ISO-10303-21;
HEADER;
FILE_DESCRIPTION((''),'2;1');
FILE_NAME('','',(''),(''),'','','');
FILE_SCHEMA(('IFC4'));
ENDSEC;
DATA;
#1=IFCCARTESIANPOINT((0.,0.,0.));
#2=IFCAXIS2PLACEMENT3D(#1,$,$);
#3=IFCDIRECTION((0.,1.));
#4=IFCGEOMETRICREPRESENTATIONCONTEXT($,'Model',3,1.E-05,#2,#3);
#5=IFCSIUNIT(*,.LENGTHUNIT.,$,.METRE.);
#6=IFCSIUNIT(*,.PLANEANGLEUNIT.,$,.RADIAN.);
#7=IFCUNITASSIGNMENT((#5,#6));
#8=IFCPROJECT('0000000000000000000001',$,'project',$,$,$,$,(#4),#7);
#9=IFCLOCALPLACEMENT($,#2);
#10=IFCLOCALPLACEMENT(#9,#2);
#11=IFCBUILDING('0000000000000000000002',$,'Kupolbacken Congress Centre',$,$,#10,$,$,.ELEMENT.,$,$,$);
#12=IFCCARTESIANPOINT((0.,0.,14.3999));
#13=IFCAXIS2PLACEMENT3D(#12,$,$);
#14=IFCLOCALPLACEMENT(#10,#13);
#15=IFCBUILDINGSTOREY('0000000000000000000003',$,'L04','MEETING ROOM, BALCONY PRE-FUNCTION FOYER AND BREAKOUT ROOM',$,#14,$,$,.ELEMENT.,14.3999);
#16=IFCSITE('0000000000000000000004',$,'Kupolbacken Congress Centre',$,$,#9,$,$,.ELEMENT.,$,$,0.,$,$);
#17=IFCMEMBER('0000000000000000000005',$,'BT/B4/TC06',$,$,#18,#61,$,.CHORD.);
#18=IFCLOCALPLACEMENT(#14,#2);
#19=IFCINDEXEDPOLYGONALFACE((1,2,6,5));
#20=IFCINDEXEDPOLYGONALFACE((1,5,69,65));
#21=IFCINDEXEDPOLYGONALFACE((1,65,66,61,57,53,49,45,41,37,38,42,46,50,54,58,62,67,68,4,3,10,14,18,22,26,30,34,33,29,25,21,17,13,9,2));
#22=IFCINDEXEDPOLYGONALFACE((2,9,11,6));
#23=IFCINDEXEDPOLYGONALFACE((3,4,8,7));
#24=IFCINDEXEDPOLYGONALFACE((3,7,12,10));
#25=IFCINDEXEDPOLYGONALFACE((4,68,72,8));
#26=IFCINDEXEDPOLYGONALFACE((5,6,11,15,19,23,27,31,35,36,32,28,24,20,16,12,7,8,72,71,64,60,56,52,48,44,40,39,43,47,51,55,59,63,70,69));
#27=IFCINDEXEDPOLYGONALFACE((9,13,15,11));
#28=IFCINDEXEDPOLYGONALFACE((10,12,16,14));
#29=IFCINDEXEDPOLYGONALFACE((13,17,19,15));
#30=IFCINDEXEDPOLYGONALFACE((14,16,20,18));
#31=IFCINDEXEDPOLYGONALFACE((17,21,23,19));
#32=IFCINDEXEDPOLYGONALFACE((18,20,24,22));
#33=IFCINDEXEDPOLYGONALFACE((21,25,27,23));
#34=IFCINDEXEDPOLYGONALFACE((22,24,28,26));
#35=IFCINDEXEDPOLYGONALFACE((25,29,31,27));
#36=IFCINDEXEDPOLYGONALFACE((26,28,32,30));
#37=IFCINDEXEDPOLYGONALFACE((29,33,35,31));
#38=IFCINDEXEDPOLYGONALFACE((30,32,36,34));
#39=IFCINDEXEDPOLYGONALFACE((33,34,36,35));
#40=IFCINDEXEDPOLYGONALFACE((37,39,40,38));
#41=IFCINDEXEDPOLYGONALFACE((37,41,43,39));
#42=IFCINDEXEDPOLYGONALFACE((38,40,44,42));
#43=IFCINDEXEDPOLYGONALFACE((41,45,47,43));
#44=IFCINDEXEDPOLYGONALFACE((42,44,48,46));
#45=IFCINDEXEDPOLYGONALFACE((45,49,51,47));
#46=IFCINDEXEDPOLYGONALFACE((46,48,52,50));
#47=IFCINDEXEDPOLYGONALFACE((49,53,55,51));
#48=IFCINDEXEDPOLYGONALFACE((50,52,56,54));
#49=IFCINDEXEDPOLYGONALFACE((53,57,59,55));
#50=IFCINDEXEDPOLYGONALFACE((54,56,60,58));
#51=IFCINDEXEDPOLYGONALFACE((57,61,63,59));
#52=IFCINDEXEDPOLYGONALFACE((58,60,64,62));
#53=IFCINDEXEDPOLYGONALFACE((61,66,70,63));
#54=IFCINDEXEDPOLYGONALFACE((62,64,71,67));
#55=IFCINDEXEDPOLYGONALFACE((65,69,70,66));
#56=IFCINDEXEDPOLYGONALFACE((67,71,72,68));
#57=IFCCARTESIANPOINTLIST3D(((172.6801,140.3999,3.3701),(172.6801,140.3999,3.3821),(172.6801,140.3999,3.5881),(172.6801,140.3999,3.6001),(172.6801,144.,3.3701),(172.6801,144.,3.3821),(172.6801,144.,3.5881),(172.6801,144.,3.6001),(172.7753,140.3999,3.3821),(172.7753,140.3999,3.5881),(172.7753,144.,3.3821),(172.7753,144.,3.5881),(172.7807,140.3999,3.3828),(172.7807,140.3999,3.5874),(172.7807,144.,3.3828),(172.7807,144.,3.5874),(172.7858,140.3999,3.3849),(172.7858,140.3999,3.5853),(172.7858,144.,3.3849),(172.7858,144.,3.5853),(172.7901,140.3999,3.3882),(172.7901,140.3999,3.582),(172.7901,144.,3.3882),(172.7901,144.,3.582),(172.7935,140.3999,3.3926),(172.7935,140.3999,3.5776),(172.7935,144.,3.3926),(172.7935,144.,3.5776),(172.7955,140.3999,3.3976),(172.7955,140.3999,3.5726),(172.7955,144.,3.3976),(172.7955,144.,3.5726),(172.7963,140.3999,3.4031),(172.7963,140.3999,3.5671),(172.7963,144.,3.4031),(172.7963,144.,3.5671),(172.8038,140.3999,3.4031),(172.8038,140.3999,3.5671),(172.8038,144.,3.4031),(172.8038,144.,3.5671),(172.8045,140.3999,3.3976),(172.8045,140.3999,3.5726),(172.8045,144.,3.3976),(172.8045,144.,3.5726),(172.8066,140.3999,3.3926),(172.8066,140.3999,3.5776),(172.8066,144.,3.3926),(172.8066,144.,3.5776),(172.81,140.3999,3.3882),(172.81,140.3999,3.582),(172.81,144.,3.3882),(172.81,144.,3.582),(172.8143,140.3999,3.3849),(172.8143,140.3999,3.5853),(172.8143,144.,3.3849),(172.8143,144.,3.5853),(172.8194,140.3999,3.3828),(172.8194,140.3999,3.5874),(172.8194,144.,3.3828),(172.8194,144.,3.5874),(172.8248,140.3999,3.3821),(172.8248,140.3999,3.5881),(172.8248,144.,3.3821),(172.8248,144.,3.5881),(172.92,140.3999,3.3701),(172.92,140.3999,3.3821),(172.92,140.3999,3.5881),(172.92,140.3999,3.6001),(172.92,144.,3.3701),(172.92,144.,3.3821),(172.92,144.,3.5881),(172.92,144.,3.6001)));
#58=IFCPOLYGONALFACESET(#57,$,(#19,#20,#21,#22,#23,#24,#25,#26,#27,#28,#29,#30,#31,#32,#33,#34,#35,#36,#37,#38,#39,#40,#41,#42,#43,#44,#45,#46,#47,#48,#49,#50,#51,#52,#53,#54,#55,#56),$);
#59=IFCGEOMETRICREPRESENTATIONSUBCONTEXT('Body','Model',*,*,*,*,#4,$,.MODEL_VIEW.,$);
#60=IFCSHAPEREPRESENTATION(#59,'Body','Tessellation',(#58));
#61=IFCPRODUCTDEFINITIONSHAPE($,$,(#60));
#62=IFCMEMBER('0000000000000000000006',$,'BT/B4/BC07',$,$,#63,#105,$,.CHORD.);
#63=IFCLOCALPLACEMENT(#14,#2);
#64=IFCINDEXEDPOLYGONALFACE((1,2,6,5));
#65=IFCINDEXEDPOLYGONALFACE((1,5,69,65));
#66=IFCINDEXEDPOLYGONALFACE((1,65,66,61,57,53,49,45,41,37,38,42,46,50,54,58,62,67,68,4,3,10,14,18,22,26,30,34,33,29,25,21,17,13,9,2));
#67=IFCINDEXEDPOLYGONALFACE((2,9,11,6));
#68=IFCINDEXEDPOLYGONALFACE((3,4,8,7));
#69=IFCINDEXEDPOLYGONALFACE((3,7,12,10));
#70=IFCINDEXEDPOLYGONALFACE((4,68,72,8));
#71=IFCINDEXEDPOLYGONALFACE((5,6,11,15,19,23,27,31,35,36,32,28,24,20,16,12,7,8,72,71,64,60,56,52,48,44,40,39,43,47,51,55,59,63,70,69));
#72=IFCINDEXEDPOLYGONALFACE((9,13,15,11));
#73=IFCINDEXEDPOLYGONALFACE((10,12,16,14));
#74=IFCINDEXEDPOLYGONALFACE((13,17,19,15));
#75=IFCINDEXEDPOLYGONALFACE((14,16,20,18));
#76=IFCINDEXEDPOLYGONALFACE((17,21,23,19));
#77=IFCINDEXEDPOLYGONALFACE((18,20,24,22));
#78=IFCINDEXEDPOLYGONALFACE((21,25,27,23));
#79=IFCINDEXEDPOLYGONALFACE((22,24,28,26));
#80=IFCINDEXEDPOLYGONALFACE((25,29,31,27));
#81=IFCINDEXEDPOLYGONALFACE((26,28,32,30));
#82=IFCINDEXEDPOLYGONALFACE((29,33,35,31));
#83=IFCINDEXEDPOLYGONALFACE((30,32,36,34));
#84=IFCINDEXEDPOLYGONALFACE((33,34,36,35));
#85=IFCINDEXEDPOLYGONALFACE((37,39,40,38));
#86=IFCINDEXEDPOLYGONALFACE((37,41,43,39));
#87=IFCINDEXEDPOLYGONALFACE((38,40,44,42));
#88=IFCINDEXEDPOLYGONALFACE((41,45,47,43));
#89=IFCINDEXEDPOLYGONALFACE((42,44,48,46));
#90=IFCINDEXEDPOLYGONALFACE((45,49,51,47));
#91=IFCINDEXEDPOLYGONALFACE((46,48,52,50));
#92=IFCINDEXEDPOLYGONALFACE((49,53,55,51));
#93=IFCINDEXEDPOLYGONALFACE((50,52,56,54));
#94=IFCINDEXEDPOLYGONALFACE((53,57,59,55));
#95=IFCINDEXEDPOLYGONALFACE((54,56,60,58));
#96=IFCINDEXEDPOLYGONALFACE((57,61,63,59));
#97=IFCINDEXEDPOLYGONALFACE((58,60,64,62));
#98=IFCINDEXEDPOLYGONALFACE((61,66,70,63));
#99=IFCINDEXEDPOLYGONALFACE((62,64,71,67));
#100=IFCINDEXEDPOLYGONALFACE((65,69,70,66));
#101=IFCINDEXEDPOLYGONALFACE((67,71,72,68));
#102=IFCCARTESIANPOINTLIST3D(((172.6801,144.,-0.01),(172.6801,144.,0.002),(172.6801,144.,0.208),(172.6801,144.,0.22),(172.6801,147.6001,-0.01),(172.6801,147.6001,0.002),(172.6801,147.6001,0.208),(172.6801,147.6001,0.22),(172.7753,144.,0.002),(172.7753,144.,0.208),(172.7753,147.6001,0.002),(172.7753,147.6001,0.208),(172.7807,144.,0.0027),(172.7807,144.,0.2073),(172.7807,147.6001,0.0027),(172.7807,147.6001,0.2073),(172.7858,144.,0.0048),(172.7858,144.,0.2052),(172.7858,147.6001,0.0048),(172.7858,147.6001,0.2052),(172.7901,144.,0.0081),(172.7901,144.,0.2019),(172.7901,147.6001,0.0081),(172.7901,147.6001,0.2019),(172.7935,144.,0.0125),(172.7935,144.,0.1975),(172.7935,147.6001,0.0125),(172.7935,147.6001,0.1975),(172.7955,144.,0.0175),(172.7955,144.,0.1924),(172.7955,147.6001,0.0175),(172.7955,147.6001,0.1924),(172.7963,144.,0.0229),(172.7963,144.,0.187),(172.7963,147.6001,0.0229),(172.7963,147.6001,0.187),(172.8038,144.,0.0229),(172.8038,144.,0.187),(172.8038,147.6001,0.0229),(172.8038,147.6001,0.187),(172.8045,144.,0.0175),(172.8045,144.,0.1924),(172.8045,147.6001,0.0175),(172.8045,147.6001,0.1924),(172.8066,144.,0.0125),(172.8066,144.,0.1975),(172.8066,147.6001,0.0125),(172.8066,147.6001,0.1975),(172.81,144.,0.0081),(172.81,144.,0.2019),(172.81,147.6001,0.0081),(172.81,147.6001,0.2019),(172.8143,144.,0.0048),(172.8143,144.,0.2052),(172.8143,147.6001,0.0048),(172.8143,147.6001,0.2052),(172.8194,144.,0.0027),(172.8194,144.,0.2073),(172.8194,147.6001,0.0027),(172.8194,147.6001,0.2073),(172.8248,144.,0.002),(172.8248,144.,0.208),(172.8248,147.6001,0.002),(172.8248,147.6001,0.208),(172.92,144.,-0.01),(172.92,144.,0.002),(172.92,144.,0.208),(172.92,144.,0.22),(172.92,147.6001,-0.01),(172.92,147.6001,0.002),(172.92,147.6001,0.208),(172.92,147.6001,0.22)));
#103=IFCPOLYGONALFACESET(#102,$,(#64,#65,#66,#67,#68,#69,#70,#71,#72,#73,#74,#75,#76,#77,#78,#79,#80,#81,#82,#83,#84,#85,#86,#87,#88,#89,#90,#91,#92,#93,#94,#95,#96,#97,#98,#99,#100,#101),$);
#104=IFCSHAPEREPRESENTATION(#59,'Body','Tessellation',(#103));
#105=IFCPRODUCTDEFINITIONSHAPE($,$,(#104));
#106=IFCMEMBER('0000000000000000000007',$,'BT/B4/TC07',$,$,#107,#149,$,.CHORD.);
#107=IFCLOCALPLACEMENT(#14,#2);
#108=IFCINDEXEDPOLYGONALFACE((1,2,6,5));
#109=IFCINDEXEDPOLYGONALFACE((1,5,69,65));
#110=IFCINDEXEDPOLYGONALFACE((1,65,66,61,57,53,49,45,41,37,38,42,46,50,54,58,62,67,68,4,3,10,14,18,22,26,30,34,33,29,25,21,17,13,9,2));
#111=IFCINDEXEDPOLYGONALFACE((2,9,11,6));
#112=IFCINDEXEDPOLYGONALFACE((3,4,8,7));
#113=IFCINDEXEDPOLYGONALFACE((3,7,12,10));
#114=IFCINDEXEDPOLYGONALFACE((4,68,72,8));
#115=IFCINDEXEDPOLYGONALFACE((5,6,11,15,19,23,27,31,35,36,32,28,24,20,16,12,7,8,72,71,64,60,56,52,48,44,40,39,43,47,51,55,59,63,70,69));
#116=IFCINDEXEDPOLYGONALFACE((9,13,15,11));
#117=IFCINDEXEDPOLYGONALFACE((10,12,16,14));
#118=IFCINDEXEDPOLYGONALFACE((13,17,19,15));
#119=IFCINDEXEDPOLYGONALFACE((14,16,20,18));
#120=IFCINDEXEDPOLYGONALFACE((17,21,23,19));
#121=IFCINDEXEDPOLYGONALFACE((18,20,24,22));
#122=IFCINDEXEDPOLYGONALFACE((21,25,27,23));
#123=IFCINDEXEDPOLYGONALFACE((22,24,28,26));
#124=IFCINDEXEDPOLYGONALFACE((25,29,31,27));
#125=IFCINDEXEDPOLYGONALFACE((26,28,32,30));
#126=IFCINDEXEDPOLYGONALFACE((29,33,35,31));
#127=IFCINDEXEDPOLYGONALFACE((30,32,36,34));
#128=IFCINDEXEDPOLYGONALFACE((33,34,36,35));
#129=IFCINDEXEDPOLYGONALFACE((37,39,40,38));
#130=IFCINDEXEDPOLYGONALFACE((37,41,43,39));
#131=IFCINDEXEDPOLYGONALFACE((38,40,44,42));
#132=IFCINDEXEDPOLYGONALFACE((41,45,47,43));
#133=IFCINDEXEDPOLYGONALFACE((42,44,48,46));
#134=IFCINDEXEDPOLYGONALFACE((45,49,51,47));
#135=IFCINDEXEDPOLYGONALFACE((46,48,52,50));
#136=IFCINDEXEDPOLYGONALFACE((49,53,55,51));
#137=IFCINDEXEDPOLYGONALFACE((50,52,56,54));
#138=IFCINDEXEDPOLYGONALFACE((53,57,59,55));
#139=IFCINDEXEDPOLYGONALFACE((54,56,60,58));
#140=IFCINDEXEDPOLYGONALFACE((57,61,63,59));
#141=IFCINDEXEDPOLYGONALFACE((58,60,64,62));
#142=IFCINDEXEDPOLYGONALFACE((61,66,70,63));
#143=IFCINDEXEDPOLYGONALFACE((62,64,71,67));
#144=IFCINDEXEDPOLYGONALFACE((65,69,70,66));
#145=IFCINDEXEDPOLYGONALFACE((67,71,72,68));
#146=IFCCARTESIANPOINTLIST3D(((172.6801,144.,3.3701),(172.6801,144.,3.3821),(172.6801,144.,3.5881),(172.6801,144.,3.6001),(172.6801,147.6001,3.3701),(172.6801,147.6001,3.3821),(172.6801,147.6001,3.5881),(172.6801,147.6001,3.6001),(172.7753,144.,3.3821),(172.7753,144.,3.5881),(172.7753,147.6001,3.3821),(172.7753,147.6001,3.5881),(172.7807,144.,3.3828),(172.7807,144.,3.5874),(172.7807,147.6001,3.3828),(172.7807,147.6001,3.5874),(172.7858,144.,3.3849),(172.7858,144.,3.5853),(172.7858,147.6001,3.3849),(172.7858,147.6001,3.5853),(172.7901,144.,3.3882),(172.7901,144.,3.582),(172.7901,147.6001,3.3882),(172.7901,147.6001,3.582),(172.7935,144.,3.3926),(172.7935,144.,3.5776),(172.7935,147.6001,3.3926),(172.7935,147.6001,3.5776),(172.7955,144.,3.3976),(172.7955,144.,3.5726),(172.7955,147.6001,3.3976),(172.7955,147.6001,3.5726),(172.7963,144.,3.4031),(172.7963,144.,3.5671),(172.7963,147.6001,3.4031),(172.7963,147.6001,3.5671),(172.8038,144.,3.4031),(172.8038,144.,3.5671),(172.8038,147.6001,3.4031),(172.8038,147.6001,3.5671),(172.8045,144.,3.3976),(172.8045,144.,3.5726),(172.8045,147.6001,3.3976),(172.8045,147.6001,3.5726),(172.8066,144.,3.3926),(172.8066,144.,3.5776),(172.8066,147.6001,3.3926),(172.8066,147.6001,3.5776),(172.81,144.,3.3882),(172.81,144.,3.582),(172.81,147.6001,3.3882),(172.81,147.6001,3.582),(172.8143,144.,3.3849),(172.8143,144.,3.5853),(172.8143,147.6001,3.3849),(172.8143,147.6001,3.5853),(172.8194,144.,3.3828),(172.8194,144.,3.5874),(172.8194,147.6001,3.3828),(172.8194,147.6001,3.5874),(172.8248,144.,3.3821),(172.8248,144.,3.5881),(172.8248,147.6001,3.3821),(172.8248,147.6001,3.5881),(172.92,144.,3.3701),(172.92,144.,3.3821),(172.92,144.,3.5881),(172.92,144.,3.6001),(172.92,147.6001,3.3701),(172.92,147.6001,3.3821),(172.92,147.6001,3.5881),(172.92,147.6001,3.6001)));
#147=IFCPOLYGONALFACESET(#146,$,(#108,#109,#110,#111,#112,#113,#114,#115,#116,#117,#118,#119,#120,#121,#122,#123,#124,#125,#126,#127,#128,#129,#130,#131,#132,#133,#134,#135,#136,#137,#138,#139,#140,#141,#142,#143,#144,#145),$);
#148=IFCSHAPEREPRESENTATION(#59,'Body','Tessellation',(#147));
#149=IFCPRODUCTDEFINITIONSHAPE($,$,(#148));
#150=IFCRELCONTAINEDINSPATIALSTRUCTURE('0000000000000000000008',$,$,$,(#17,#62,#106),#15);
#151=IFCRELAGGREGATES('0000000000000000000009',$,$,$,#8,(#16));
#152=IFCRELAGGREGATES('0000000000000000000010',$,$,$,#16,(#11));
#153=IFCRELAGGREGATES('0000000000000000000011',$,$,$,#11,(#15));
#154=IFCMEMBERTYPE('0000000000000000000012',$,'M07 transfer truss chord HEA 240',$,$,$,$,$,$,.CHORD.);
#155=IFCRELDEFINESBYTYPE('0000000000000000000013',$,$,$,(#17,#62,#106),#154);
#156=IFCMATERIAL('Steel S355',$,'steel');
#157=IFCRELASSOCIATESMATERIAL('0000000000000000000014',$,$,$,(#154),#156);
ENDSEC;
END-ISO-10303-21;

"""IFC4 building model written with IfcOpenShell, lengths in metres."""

from ifc_helpers import new_model, si_unit, direction, frame, origin, origin_2d, place, context, subcontext, project, spatial, i_section, extrude, material, material_profile, profile_set, type_object, element, save


model = new_model("IFC4")

# Units and contexts
model_context = context("Model", 3, precision=1e-05, world=origin(), true_north=direction((0.0, 1.0)))
body_context = subcontext(model_context, "Body", "Model", "MODEL_VIEW")
ifc_project = project(units=[si_unit("LENGTHUNIT", "METRE"), si_unit("PLANEANGLEUNIT", "RADIAN")], contexts=[model_context])

# Site, building, storey
site_placement = place(None, origin())
site = spatial("IfcSite", under=ifc_project, at=site_placement, Name="Kupolbacken Congress Centre", CompositionType="ELEMENT", RefElevation=0.0)
building_placement = place(site_placement, origin())
building = spatial("IfcBuilding", under=site, at=building_placement, Name="Kupolbacken Congress Centre", CompositionType="ELEMENT")
storey_placement = place(building_placement, frame((0.0, 0.0, 14.3999)))
storey = spatial("IfcBuildingStorey", under=building, at=storey_placement, Name="L04", Description="MEETING ROOM, BALCONY PRE-FUNCTION FOYER AND BREAKOUT ROOM", CompositionType="ELEMENT", Elevation=14.3999)

# Members
ifc_material_1 = material(Name="Steel S355", Category="steel")
ifc_material_profile_1 = material_profile(ifc_material_1, i_section(OverallWidth=0.24, OverallDepth=0.23, WebThickness=0.0076, FlangeThickness=0.012, FilletRadius=0.021, at=origin_2d()), Name="HEA 240")
ifc_profile_set_1 = profile_set([ifc_material_profile_1], Name="Steel S355")
member_type_1 = type_object("IfcMemberType", Name="M07 transfer truss chord HEA 240", PredefinedType="CHORD", material=ifc_profile_set_1)
for number, where, z_axis, x_axis, name in (
    (1, (172.8, 140.3999, 3.4851), (0.0, 1.0, 0.0), (-1.0, 0.0, 0.0), "BT/B4/TC06"),
    (2, (172.8, 144.0, 0.105), (0.0, 1.0, 0.0), (-1.0, 0.0, 0.0), "BT/B4/BC07"),
    (3, (172.8, 144.0, 3.4851), (0.0, 1.0, 0.0), (-1.0, 0.0, 0.0), "BT/B4/TC07"),
):
    element("IfcMember", number, at=place(storey_placement, frame(where, z_axis=z_axis, x_axis=x_axis)), inside=storey, type_object=member_type_1, Name=name, PredefinedType="CHORD", context=body_context, shape_type="SweptSolid", body=[
        extrude(i_section(OverallWidth=0.24, OverallDepth=0.23, WebThickness=0.0076, FlangeThickness=0.012, FilletRadius=0.021, at=origin_2d()), origin(), (0.0, 0.0, 1.0), 3.6001),
    ])

save(model, "model.ifc")
